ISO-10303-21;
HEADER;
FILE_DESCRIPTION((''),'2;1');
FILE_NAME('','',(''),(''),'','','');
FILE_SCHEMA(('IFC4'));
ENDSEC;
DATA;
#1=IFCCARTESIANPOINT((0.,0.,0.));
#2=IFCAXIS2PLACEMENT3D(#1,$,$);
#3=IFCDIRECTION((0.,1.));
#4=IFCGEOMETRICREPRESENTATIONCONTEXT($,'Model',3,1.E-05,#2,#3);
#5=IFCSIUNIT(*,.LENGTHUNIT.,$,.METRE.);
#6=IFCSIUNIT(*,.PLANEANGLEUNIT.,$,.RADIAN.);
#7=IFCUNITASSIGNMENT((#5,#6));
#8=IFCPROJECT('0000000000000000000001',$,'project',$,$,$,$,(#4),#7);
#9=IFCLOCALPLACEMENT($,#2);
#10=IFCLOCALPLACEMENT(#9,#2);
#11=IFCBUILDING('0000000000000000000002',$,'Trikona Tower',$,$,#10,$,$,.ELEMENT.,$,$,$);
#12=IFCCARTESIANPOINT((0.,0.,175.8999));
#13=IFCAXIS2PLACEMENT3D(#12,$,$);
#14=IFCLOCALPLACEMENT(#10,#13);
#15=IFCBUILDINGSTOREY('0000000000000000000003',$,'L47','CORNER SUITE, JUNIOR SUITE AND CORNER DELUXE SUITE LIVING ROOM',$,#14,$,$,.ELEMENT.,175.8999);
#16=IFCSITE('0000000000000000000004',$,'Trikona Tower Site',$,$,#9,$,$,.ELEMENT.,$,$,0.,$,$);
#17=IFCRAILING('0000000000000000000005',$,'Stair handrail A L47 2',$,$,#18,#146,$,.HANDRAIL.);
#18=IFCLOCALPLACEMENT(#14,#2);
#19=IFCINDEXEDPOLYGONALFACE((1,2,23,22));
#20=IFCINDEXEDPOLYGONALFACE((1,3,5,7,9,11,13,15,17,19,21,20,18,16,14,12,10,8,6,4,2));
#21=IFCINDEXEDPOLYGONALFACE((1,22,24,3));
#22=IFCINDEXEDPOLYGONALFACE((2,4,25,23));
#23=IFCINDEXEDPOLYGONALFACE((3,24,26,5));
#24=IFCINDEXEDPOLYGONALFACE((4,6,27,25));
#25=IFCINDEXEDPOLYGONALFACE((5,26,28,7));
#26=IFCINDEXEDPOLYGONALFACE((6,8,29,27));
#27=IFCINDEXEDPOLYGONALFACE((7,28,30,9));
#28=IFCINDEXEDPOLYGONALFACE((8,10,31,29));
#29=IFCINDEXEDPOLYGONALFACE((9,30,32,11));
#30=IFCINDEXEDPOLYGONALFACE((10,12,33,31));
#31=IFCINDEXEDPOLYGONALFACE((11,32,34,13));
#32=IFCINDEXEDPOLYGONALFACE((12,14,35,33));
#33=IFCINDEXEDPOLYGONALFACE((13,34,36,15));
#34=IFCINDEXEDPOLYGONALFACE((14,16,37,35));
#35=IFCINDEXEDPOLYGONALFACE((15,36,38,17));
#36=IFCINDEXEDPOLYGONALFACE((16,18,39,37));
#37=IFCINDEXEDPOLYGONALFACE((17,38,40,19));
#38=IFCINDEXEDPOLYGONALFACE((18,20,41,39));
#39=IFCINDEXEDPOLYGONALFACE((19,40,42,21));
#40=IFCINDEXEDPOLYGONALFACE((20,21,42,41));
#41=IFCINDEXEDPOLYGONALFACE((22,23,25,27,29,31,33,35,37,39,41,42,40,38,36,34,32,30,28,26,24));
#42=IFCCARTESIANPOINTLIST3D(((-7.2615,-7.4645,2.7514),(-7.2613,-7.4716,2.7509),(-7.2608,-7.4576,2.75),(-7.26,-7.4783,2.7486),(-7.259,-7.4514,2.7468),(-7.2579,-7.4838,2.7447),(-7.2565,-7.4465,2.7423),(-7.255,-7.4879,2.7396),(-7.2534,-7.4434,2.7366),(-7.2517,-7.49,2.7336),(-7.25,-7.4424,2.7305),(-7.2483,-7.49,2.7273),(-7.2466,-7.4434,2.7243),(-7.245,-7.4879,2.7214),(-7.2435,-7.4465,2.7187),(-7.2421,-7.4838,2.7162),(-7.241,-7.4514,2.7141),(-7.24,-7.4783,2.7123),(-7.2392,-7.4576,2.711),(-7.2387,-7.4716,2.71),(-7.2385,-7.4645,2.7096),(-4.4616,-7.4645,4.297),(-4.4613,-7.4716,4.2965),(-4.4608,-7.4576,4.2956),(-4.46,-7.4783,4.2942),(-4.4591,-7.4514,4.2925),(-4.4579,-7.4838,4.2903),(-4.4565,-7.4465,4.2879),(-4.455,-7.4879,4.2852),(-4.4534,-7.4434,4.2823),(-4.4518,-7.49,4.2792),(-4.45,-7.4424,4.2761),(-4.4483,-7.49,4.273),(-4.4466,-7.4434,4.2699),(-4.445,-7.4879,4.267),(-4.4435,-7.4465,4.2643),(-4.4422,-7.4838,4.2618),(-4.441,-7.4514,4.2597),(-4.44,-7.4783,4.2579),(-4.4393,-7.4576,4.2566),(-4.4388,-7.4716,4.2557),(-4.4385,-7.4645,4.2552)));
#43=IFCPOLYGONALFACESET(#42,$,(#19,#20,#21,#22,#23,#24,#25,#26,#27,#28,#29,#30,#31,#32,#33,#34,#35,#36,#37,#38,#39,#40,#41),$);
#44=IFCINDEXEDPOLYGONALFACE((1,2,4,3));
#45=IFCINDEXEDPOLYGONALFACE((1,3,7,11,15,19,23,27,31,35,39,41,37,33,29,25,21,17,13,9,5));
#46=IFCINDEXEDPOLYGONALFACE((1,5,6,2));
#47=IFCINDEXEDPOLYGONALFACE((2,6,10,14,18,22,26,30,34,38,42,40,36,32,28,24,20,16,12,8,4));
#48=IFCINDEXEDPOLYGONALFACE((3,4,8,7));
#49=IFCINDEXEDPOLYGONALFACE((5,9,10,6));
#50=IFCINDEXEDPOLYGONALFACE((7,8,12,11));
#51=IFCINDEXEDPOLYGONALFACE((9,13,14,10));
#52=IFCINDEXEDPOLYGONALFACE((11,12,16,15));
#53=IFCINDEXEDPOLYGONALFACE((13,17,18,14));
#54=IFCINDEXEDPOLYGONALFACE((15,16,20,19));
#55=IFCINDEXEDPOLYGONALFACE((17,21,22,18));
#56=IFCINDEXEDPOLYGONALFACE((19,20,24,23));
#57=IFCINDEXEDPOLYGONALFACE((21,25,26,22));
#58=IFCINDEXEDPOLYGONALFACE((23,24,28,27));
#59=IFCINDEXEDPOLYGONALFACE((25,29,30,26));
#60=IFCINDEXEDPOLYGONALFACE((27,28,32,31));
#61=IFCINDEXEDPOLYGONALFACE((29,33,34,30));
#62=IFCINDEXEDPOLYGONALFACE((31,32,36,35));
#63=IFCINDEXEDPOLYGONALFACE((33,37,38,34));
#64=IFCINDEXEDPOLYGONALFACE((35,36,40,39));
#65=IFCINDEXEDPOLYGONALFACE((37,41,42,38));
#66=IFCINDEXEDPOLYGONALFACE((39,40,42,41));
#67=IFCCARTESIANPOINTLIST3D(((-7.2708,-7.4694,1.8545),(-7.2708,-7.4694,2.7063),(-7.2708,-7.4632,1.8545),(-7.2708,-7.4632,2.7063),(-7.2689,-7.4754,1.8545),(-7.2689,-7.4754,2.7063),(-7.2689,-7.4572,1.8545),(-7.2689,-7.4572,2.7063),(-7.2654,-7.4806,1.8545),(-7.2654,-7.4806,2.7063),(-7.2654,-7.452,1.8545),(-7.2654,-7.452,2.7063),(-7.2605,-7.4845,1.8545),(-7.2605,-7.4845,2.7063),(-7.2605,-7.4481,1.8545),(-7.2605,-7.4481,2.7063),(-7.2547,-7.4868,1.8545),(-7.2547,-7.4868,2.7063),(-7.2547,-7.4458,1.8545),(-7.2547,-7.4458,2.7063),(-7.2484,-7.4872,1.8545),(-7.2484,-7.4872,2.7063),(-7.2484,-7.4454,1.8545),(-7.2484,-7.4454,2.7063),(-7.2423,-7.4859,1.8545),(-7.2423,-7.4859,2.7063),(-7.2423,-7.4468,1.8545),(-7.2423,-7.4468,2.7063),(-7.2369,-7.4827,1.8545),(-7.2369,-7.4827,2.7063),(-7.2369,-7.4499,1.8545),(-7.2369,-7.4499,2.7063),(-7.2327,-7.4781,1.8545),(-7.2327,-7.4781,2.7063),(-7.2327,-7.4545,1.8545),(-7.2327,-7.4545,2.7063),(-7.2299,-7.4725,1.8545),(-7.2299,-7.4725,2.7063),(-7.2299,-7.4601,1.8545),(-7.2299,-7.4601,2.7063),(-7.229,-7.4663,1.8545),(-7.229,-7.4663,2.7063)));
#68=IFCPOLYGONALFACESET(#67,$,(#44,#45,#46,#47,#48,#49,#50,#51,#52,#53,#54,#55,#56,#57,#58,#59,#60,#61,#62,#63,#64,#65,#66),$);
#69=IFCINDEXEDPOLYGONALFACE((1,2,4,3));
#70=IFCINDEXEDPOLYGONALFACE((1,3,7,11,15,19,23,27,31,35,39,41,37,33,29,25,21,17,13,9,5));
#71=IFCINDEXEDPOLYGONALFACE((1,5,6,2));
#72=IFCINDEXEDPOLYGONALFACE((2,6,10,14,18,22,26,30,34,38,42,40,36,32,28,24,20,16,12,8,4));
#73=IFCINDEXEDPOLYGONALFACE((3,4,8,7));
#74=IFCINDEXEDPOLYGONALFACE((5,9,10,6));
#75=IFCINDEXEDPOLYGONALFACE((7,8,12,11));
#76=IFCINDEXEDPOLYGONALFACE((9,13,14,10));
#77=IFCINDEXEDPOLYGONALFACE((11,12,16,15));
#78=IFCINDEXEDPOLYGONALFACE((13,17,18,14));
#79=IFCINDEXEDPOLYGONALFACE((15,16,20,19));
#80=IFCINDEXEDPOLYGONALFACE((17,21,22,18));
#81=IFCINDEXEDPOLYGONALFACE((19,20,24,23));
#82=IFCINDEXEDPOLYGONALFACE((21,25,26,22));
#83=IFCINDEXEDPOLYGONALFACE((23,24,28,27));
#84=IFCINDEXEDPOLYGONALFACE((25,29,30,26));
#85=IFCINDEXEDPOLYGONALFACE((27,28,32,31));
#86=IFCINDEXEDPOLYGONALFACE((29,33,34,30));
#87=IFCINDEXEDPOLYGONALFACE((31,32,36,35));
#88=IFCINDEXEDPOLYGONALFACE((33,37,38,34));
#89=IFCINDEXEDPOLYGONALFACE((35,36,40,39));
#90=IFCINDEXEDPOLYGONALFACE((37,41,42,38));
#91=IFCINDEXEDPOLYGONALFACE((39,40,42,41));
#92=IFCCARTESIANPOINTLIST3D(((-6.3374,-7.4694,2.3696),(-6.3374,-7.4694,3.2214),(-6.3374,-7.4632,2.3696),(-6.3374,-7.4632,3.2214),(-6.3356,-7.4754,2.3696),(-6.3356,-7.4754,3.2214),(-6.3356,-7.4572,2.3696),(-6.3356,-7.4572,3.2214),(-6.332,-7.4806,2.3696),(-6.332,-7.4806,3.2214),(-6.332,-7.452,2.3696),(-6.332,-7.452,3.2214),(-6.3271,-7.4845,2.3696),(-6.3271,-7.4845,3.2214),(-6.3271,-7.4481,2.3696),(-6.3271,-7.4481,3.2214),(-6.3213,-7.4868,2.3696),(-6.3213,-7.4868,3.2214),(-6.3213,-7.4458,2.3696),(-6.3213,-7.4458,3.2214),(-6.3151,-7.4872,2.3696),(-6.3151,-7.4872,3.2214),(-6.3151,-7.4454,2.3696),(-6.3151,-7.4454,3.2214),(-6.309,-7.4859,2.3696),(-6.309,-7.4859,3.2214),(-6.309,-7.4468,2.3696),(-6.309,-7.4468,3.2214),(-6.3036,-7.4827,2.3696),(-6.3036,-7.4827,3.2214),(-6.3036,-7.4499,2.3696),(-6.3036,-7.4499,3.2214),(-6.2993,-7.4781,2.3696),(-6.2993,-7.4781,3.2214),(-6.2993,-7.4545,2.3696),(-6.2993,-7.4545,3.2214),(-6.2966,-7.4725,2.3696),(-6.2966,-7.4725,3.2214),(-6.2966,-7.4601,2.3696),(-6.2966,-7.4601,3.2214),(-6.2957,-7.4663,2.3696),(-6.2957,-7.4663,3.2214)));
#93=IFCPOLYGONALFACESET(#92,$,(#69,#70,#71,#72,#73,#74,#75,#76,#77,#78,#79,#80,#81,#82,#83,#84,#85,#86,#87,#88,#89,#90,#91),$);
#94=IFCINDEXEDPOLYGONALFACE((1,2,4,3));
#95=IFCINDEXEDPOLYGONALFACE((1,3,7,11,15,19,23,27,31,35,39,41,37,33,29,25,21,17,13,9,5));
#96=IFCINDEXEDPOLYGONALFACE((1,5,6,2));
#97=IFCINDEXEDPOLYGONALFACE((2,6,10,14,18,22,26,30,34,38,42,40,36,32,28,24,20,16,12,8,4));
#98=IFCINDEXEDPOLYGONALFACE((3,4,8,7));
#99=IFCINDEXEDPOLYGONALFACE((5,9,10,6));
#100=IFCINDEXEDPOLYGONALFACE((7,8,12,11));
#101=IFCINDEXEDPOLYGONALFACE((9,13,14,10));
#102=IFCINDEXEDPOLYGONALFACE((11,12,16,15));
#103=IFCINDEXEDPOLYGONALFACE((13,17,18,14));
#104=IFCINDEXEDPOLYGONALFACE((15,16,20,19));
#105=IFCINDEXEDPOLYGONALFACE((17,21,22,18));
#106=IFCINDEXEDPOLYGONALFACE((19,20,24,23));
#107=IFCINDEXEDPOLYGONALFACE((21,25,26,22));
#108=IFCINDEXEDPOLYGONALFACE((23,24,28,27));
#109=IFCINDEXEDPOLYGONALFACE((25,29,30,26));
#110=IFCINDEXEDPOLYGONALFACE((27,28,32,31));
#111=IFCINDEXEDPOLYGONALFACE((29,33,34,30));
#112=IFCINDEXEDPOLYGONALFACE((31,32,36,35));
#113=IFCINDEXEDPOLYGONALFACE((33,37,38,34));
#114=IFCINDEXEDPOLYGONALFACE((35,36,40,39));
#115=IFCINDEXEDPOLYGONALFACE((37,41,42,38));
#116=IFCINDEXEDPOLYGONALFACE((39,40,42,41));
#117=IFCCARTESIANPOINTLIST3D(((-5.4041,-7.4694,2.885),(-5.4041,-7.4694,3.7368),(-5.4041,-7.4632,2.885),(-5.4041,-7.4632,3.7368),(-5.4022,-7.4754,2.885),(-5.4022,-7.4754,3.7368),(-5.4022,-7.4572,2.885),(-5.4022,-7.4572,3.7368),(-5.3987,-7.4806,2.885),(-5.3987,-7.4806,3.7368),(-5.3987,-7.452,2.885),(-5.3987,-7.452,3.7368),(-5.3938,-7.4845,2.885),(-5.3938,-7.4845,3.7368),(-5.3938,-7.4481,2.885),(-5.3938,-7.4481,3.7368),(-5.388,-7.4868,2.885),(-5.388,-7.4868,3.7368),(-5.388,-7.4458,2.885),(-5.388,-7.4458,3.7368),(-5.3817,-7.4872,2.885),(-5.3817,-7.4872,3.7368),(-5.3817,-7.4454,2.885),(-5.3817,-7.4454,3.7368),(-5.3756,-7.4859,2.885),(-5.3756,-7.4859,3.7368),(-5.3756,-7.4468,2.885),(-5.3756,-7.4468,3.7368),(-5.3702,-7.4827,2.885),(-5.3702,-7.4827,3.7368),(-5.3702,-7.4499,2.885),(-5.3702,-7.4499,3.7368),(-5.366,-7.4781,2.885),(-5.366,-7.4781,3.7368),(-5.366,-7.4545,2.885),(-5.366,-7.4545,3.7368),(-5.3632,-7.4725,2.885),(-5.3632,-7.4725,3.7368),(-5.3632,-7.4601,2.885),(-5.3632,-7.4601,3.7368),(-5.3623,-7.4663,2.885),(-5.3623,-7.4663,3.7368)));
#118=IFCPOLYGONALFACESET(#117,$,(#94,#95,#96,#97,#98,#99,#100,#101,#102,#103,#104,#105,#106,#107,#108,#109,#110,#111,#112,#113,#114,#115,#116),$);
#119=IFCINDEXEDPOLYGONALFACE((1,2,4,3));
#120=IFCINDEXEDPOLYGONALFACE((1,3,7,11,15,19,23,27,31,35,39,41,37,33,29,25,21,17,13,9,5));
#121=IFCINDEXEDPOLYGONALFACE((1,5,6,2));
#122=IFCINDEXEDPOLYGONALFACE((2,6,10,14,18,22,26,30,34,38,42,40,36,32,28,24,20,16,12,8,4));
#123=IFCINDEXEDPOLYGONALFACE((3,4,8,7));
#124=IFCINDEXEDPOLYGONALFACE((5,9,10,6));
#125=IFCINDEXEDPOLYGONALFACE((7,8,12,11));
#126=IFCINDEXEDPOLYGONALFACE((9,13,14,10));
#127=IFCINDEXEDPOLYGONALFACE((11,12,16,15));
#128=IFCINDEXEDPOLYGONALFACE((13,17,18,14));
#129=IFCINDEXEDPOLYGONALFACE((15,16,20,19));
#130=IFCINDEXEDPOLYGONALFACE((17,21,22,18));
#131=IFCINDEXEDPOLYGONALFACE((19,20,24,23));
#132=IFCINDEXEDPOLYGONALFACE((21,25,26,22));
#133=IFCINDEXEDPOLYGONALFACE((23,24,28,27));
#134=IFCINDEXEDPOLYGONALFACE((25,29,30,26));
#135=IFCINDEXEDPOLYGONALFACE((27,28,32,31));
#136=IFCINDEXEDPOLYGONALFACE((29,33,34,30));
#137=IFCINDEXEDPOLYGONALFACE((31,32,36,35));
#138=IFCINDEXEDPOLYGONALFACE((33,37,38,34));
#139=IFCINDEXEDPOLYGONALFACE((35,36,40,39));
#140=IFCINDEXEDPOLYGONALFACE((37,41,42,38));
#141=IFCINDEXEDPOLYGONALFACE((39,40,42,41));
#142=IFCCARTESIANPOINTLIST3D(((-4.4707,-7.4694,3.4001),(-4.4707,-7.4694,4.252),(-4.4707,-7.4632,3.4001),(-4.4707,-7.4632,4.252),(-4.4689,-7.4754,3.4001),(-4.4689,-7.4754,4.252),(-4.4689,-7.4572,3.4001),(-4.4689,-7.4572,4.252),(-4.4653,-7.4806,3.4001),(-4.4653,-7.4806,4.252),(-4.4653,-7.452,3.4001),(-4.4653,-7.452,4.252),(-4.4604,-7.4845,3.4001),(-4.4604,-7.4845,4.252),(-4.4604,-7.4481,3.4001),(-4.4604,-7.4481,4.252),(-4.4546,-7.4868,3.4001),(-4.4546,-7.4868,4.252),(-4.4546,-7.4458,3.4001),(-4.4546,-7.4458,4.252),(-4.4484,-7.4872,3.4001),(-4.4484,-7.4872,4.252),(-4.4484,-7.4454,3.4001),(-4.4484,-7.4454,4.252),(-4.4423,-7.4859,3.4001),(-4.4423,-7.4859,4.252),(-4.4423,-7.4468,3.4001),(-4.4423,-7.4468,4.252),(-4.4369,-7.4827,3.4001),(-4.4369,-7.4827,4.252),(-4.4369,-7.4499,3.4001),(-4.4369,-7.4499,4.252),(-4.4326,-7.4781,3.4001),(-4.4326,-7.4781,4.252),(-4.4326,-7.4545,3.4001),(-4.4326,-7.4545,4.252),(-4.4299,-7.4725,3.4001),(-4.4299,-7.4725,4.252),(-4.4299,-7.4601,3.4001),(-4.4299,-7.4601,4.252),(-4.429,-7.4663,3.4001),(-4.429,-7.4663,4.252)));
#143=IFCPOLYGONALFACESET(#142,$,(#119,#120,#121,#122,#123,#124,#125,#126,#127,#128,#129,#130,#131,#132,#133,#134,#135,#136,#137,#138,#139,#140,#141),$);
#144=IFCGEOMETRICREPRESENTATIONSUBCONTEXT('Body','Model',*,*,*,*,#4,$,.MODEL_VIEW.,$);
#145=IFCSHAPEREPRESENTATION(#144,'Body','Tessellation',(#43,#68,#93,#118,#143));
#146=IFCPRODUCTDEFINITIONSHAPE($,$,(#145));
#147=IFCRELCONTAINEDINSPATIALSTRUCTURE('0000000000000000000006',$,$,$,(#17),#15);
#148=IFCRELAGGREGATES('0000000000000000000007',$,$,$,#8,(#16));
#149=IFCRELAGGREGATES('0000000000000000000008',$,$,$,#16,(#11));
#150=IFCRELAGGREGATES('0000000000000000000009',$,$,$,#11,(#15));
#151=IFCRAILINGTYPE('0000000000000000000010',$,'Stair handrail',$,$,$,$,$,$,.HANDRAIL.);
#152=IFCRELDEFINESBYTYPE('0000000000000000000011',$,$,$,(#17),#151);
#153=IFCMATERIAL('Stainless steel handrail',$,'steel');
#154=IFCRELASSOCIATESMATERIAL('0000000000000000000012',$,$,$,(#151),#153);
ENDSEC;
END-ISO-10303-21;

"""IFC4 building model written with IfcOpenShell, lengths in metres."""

from ifc_helpers import new_model, si_unit, direction, frame, origin, origin_2d, place, context, subcontext, project, spatial, circle, extrude, material, type_object, element, save


model = new_model("IFC4")

# Units and contexts
model_context = context("Model", 3, precision=1e-05, world=origin(), true_north=direction((0.0, 1.0)))
body_context = subcontext(model_context, "Body", "Model", "MODEL_VIEW")
ifc_project = project(units=[si_unit("LENGTHUNIT", "METRE"), si_unit("PLANEANGLEUNIT", "RADIAN")], contexts=[model_context])

# Site, building, storey
site_placement = place(None, origin())
site = spatial("IfcSite", under=ifc_project, at=site_placement, Name="Trikona Tower Site", CompositionType="ELEMENT", RefElevation=0.0)
building_placement = place(site_placement, origin())
building = spatial("IfcBuilding", under=site, at=building_placement, Name="Trikona Tower", CompositionType="ELEMENT")
storey_placement = place(building_placement, frame((0.0, 0.0, 175.8999)))
storey = spatial("IfcBuildingStorey", under=building, at=storey_placement, Name="L47", Description="CORNER SUITE, JUNIOR SUITE AND CORNER DELUXE SUITE LIVING ROOM", CompositionType="ELEMENT", Elevation=175.8999)

# Railing
ifc_material_1 = material(Name="Stainless steel handrail", Category="steel")
railing_type = type_object("IfcRailingType", Name="Stair handrail", PredefinedType="HANDRAIL", material=ifc_material_1)
railing_placement = place(storey_placement, frame((-7.25, -7.4663, 1.8545)))
element("IfcRailing", 1, at=railing_placement, inside=storey, type_object=railing_type, Name="Stair handrail A L47 2", PredefinedType="HANDRAIL", context=body_context, shape_type="SweptSolid", body=[
    extrude(circle(Radius=0.0239, at=origin_2d()), frame((0.0, 0.0, 0.876), z_axis=(0.875472, 0.0, 0.483269), x_axis=(0.0, 1.0, 0.0)), (0.0, 0.0, 1.0), 3.1982),
    extrude(circle(Radius=0.021, at=origin_2d()), origin(), (0.0, 0.0, 1.0), 0.8518),
    extrude(circle(Radius=0.021, at=origin_2d()), frame((0.9333, 0.0, 0.5151)), (0.0, 0.0, 1.0), 0.8518),
    extrude(circle(Radius=0.021, at=origin_2d()), frame((1.8667, 0.0, 1.0305)), (0.0, 0.0, 1.0), 0.8518),
    extrude(circle(Radius=0.021, at=origin_2d()), frame((2.8, 0.0, 1.5457)), (0.0, 0.0, 1.0), 0.8518),
])

save(model, "model.ifc")
